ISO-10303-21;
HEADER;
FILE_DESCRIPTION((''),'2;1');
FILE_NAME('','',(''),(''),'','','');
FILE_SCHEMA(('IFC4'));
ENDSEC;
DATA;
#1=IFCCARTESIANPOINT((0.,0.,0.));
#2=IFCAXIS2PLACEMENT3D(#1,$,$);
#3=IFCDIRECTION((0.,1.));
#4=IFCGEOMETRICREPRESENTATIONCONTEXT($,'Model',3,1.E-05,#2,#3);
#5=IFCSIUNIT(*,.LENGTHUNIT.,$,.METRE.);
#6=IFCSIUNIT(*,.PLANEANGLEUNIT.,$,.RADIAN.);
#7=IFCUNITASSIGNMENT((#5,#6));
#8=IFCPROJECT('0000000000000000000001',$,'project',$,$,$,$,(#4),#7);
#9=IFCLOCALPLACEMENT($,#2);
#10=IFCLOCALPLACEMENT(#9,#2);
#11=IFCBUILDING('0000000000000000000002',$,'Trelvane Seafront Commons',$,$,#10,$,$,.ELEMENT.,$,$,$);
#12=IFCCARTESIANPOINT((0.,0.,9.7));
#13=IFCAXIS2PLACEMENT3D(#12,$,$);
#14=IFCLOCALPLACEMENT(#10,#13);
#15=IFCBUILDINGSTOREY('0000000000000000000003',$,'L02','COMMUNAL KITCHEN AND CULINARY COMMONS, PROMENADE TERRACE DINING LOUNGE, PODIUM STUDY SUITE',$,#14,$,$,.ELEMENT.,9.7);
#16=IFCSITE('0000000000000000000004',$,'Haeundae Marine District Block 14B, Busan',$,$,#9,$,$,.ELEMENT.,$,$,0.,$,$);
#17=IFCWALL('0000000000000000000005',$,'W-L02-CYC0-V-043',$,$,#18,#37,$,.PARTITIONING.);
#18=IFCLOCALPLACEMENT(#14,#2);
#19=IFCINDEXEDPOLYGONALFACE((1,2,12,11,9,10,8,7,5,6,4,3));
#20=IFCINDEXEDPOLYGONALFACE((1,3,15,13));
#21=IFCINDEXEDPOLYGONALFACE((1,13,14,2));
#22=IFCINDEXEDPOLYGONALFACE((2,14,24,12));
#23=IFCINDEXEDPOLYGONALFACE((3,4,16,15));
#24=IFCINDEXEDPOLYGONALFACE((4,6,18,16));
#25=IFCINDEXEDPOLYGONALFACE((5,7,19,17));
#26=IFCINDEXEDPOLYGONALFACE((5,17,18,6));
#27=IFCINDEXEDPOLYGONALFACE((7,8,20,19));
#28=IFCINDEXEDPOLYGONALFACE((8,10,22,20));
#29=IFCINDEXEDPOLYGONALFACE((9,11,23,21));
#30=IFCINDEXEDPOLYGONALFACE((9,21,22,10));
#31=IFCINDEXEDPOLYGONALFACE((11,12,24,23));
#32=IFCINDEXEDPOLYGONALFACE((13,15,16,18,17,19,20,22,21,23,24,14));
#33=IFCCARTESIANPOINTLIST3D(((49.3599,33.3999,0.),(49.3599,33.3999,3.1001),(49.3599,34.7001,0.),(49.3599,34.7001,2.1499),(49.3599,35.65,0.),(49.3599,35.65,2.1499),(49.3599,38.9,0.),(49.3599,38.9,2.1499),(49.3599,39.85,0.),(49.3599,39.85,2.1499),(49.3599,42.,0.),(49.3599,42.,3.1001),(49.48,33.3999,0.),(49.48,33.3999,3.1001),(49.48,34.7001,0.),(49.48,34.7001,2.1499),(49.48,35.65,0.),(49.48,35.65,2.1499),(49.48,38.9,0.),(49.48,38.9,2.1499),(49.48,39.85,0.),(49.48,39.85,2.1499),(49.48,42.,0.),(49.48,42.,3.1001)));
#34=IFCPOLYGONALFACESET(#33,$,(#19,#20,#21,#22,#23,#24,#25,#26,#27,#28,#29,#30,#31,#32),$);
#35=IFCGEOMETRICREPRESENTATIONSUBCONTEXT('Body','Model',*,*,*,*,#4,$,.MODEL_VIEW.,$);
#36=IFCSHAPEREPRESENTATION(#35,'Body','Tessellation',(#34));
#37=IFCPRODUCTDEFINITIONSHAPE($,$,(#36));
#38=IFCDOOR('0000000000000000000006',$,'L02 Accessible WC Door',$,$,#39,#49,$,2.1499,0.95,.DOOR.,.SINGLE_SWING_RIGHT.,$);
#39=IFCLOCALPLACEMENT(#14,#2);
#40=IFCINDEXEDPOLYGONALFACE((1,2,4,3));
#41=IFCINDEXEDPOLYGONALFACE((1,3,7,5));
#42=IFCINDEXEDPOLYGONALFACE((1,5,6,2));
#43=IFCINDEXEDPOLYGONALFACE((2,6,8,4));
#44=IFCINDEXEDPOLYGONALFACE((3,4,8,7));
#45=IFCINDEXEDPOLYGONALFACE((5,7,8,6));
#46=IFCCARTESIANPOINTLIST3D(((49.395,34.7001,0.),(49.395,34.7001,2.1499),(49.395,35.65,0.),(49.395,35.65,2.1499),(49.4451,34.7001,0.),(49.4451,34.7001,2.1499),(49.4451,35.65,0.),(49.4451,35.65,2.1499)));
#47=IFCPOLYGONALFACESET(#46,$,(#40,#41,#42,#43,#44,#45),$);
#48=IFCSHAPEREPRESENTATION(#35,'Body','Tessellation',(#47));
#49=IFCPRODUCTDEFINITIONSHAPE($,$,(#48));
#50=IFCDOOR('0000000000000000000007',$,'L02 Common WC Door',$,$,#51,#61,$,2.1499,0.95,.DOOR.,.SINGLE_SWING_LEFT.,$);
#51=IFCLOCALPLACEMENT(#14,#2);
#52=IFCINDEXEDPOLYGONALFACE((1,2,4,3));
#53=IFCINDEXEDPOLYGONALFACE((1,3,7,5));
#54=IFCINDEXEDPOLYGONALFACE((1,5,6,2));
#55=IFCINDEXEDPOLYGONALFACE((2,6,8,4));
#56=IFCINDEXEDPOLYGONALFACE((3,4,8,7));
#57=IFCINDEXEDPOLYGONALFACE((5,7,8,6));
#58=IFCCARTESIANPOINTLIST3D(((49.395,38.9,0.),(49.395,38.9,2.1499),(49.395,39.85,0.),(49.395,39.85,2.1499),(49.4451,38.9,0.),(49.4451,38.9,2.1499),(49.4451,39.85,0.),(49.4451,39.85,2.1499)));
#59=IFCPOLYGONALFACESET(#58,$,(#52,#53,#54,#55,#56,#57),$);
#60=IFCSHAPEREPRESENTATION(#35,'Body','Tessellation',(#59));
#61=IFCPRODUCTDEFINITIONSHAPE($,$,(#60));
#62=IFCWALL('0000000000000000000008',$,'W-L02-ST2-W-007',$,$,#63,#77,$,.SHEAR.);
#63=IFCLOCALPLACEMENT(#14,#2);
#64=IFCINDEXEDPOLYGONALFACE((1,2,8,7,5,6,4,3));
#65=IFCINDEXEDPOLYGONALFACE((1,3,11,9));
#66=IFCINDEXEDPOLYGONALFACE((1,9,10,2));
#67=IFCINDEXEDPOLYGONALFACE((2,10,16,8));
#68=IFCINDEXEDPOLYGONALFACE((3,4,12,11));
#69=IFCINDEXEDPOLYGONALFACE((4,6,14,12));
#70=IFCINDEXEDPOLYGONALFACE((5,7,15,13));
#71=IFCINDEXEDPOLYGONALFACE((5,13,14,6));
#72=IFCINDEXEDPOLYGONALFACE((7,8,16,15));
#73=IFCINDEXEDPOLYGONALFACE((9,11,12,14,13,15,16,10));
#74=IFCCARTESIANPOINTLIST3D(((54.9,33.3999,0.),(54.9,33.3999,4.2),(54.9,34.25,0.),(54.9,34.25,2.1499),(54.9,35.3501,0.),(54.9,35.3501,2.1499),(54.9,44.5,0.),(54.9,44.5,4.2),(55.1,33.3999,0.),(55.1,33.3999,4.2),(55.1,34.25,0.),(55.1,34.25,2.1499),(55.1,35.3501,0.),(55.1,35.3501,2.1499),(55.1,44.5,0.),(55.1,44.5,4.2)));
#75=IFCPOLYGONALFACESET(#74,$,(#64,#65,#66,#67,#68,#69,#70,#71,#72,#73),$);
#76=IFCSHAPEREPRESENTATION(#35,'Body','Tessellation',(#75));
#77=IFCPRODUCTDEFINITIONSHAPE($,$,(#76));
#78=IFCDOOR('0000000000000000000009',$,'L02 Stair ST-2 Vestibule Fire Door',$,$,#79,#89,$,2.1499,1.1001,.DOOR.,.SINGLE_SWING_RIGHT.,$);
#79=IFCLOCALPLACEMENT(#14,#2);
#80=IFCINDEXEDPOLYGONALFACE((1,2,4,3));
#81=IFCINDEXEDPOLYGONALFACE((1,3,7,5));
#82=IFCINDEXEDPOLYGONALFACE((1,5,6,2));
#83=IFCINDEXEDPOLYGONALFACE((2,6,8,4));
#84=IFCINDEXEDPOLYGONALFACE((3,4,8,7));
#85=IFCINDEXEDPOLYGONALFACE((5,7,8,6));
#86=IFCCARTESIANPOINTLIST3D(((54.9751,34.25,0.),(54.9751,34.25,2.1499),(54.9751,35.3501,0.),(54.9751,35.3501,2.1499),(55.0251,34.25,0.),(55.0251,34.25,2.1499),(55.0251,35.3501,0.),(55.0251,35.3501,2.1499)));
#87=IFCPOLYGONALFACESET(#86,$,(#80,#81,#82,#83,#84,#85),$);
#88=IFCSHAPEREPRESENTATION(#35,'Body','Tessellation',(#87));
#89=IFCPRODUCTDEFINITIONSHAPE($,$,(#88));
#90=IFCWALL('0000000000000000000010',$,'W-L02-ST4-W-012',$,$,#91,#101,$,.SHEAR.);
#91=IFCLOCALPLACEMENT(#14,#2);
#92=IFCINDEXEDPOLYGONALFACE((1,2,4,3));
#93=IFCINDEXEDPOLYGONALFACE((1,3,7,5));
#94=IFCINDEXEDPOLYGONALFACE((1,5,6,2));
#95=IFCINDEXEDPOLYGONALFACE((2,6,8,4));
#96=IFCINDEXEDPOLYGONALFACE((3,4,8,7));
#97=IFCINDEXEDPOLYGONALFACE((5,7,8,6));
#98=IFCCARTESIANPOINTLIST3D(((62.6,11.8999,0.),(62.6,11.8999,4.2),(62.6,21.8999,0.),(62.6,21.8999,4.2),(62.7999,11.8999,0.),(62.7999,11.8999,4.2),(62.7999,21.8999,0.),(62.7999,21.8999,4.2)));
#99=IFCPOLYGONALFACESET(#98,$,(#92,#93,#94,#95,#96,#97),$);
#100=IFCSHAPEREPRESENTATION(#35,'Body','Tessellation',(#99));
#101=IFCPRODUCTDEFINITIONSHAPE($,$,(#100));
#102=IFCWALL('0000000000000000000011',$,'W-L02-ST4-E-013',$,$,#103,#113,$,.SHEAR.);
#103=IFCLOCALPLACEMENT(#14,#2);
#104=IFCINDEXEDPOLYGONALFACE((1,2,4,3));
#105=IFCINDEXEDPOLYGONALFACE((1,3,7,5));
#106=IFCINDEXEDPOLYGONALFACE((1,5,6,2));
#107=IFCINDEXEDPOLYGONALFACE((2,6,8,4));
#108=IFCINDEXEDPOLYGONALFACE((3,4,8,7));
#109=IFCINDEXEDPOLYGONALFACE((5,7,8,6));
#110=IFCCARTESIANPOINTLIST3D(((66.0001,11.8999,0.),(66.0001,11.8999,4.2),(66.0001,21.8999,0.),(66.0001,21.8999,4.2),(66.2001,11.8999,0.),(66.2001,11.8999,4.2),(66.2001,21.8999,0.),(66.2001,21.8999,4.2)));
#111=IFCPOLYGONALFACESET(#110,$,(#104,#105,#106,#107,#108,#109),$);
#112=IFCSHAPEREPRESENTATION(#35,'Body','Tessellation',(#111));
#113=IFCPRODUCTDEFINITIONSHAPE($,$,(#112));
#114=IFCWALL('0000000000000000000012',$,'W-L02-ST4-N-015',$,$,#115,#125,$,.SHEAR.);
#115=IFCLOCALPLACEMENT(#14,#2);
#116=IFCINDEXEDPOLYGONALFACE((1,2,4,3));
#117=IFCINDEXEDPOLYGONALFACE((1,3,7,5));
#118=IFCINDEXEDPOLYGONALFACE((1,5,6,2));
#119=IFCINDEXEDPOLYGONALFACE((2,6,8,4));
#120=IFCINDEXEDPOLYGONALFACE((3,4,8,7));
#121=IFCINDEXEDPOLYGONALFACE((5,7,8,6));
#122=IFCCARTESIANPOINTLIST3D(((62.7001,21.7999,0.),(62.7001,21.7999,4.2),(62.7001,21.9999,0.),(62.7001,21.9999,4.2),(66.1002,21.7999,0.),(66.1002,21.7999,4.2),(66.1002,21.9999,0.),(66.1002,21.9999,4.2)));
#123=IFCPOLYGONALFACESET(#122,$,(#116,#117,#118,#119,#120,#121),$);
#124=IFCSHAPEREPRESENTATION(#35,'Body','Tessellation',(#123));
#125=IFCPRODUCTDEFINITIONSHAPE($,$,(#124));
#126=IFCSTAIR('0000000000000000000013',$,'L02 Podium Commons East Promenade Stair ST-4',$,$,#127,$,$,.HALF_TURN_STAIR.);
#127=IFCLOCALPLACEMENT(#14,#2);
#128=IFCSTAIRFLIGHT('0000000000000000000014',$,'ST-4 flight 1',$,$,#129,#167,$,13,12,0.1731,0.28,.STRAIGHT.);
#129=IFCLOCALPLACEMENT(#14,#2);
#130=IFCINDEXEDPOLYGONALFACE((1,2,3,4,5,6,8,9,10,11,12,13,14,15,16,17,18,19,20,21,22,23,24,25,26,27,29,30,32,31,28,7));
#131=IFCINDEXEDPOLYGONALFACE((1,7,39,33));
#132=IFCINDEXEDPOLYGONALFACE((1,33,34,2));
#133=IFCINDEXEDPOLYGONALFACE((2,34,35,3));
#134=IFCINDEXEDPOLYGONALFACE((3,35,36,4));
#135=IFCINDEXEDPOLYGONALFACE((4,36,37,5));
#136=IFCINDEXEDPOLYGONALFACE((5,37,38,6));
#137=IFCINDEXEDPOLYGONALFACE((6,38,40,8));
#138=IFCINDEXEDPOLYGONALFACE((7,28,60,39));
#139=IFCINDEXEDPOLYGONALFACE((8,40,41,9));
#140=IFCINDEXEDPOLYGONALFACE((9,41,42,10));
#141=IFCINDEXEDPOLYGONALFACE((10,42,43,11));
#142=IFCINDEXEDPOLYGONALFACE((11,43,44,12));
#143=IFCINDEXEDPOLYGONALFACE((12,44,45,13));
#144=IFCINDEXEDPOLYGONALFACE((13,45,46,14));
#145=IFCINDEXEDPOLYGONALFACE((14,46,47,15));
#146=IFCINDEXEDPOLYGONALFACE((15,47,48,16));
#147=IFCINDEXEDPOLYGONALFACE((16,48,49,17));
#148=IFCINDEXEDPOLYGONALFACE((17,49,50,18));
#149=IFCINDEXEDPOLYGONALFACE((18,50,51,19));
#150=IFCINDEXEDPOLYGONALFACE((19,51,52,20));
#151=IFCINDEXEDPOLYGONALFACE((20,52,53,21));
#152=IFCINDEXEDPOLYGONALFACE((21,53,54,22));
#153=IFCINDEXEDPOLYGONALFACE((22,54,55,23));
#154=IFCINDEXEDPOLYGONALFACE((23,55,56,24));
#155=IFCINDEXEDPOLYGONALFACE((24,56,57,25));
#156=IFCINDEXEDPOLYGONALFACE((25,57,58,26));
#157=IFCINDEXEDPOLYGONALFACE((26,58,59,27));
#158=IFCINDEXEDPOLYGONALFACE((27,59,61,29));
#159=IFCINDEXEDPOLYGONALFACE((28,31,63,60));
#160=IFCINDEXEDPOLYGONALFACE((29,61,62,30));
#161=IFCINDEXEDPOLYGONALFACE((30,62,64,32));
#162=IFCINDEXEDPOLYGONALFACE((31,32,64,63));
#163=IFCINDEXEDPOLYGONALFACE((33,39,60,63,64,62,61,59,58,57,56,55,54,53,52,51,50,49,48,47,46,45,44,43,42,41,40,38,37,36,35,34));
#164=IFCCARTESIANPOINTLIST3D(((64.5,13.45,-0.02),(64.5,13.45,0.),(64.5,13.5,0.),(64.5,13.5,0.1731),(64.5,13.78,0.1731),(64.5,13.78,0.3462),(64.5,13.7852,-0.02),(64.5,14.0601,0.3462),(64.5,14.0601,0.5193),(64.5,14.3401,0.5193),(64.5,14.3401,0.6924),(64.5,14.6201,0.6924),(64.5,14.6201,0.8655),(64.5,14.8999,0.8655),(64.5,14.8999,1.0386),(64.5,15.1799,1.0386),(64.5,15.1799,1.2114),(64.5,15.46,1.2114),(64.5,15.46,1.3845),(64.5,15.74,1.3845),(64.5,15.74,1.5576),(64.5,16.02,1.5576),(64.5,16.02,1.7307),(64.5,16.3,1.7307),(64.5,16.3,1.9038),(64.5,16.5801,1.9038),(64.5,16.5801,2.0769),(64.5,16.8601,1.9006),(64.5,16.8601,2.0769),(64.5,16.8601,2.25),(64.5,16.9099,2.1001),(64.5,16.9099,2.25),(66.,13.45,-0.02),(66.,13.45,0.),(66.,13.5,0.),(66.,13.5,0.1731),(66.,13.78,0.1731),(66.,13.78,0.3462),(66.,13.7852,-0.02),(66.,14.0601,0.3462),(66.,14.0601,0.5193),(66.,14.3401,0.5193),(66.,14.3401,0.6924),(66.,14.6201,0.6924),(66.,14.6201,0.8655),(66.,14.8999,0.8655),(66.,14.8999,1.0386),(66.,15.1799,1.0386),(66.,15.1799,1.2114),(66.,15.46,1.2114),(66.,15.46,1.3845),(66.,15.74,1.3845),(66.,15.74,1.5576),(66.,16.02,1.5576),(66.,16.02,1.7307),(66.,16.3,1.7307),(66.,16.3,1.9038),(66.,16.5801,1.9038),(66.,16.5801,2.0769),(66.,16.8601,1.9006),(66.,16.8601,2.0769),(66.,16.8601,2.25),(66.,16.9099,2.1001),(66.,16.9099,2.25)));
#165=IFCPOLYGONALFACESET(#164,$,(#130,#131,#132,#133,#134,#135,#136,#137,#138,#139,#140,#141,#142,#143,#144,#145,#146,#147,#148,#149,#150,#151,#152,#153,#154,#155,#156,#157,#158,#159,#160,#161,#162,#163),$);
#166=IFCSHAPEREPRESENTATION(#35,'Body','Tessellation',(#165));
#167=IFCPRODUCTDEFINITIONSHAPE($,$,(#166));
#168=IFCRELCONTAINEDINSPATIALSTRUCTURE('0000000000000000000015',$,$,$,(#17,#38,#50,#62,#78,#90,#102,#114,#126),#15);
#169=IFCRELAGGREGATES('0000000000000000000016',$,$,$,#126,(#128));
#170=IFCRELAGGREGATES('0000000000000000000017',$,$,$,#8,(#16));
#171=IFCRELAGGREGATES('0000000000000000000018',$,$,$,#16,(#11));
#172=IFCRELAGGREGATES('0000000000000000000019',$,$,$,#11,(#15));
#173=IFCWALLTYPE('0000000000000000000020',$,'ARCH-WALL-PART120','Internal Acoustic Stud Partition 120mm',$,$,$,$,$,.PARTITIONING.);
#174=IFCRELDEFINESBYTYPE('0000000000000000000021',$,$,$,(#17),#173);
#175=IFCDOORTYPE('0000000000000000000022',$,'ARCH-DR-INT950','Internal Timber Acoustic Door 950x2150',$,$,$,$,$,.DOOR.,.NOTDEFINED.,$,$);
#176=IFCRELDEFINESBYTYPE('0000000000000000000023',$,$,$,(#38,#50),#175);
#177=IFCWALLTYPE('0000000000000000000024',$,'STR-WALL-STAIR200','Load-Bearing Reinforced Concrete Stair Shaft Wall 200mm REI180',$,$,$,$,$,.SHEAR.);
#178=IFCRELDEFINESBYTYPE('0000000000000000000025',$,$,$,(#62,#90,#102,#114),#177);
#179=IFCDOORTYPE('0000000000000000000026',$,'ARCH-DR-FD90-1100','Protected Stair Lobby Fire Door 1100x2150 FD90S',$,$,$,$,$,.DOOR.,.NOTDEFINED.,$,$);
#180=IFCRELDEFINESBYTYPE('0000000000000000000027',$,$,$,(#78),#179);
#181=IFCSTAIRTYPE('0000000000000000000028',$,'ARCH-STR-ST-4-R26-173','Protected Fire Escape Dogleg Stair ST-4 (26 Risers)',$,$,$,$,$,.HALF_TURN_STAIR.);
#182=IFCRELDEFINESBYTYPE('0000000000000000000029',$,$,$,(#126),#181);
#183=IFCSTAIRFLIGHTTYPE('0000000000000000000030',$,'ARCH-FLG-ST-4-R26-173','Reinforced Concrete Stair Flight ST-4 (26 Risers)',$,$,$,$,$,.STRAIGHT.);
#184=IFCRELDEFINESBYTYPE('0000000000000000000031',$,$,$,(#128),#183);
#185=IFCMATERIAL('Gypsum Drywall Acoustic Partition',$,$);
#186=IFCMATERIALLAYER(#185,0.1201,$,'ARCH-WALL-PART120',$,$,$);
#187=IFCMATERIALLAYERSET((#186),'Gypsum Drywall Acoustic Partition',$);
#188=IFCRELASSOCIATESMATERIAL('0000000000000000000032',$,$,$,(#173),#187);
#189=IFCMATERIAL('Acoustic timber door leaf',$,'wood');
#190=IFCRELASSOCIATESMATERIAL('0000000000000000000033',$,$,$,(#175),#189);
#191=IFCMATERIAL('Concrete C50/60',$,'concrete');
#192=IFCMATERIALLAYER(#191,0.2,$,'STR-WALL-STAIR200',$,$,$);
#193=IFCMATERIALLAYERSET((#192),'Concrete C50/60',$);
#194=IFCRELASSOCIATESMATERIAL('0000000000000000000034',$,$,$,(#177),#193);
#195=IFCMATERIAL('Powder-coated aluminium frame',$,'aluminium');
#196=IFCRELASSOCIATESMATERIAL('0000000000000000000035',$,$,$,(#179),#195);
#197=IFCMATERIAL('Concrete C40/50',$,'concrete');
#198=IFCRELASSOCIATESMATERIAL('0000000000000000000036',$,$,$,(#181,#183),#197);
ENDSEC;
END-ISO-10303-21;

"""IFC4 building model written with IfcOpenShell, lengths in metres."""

from ifc_helpers import new_model, si_unit, direction, frame, frame_2d, origin, place, context, subcontext, project, spatial, polyline, rectangle, outline, extrude, source, transform, mapped, material, layer, layer_set, type_object, element, fill, aggregate, save


model = new_model("IFC4")

# Units and contexts
model_context = context("Model", 3, precision=1e-05, world=origin(), true_north=direction((0.0, 1.0)))
body_context = subcontext(model_context, "Body", "Model", "MODEL_VIEW")
ifc_project = project(units=[si_unit("LENGTHUNIT", "METRE"), si_unit("PLANEANGLEUNIT", "RADIAN")], contexts=[model_context])

# Site, building, storey
site_placement = place(None, origin())
site = spatial("IfcSite", under=ifc_project, at=site_placement, Name="Haeundae Marine District Block 14B, Busan", CompositionType="ELEMENT", RefElevation=0.0)
building_placement = place(site_placement, origin())
building = spatial("IfcBuilding", under=site, at=building_placement, Name="Trelvane Seafront Commons", CompositionType="ELEMENT")
storey_placement = place(building_placement, frame((0.0, 0.0, 9.7)))
storey = spatial("IfcBuildingStorey", under=building, at=storey_placement, Name="L02", Description="COMMUNAL KITCHEN AND CULINARY COMMONS, PROMENADE TERRACE DINING LOUNGE, PODIUM STUDY SUITE", CompositionType="ELEMENT", Elevation=9.7)

# Shared definitions
ifc_material_1 = material(Name="Concrete C40/50", Category="concrete")
ifc_material_2 = material(Name="Powder-coated aluminium frame", Category="aluminium")
shared_shape_1 = source(origin(), body_context, "Body", "SweptSolid", [
    extrude(rectangle(XDim=0.95, YDim=2.1499, at=frame_2d((0.4751, 1.075))), frame((0.0, 0.0249, 0.0), z_axis=(0.0, -1.0, 0.0), x_axis=(1.0, 0.0, 0.0)), (0.0, 0.0, 1.0), 0.05),
])

# Wall, openings, doors
ifc_material_3 = material(Name="Gypsum Drywall Acoustic Partition")
ifc_layer_1 = layer(ifc_material_3, 0.1201, Name="ARCH-WALL-PART120")
ifc_layer_set_1 = layer_set([ifc_layer_1], Name="Gypsum Drywall Acoustic Partition")
wall_type_1 = type_object("IfcWallType", Name="ARCH-WALL-PART120", Description="Internal Acoustic Stud Partition 120mm", PredefinedType="PARTITIONING", material=ifc_layer_set_1)
wall_1_placement = place(storey_placement, frame((49.4199, 33.3999, 0.0), z_axis=(0.0, 0.0, 1.0), x_axis=(0.0, 1.0, 0.0)))
wall_1 = element("IfcWall", 1, at=wall_1_placement, inside=storey, type_object=wall_type_1, Name="W-L02-CYC0-V-043", PredefinedType="PARTITIONING", context=body_context, shape_type="SweptSolid", body=[
    extrude(rectangle(XDim=8.6001, YDim=0.1201, at=frame_2d((4.3, 0.0))), origin(), (0.0, 0.0, 1.0), 3.1001),
])
opening_1_placement = place(wall_1_placement, frame((1.3, 0.0, 0.0)))
opening_1 = element("IfcOpeningElement", 2, at=opening_1_placement, cuts=wall_1, PredefinedType="OPENING", context=body_context, shape_type="SweptSolid", body=[
    extrude(rectangle(XDim=0.95, YDim=2.1499, at=frame_2d((0.4751, 1.075))), frame((0.0, 0.0701, 0.0), z_axis=(0.0, -1.0, 0.0), x_axis=(1.0, 0.0, 0.0)), (0.0, 0.0, 1.0), 0.1401),
])
opening_2_placement = place(wall_1_placement, frame((5.5, 0.0, 0.0)))
opening_2 = element("IfcOpeningElement", 3, at=opening_2_placement, cuts=wall_1, PredefinedType="OPENING", context=body_context, shape_type="SweptSolid", body=[
    extrude(rectangle(XDim=0.95, YDim=2.1499, at=frame_2d((0.4751, 1.075))), frame((0.0, 0.0701, 0.0), z_axis=(0.0, -1.0, 0.0), x_axis=(1.0, 0.0, 0.0)), (0.0, 0.0, 1.0), 0.1401),
])
ifc_material_4 = material(Name="Acoustic timber door leaf", Category="wood")
door_type_1 = type_object("IfcDoorType", Name="ARCH-DR-INT950", Description="Internal Timber Acoustic Door 950x2150", OperationType="NOTDEFINED", PredefinedType="DOOR", material=ifc_material_4)
door_1_placement = place(opening_1_placement, origin())
door_1 = element("IfcDoor", 4, at=door_1_placement, inside=storey, type_object=door_type_1, Name="L02 Accessible WC Door", OperationType="SINGLE_SWING_RIGHT", OverallHeight=2.1499, OverallWidth=0.95, PredefinedType="DOOR", context=body_context, shape_type="MappedRepresentation", body=[
    mapped(shared_shape_1, transform((0.0, 0.0, 0.0), x_axis=(1.0, 0.0, 0.0), y_axis=(0.0, 1.0, 0.0), z_axis=(0.0, 0.0, 1.0), scale=1.0)),
])
fill(opening_1, door_1)
door_2_placement = place(opening_2_placement, origin())
door_2 = element("IfcDoor", 5, at=door_2_placement, inside=storey, type_object=door_type_1, Name="L02 Common WC Door", OperationType="SINGLE_SWING_LEFT", OverallHeight=2.1499, OverallWidth=0.95, PredefinedType="DOOR", context=body_context, shape_type="MappedRepresentation", body=[
    mapped(shared_shape_1, transform((0.0, 0.0, 0.0), x_axis=(1.0, 0.0, 0.0), y_axis=(0.0, 1.0, 0.0), z_axis=(0.0, 0.0, 1.0), scale=1.0)),
])
fill(opening_2, door_2)

# Wall, opening, door
ifc_material_5 = material(Name="Concrete C50/60", Category="concrete")
ifc_layer_2 = layer(ifc_material_5, 0.2, Name="STR-WALL-STAIR200")
ifc_layer_set_2 = layer_set([ifc_layer_2], Name="Concrete C50/60")
wall_type_2 = type_object("IfcWallType", Name="STR-WALL-STAIR200", Description="Load-Bearing Reinforced Concrete Stair Shaft Wall 200mm REI180", PredefinedType="SHEAR", material=ifc_layer_set_2)
wall_2_placement = place(storey_placement, frame((55.0, 33.3999, 0.0), z_axis=(0.0, 0.0, 1.0), x_axis=(0.0, 1.0, 0.0)))
wall_2 = element("IfcWall", 6, at=wall_2_placement, inside=storey, type_object=wall_type_2, Name="W-L02-ST2-W-007", PredefinedType="SHEAR", context=body_context, shape_type="SweptSolid", body=[
    extrude(rectangle(XDim=11.1001, YDim=0.2, at=frame_2d((5.55, 0.0))), origin(), (0.0, 0.0, 1.0), 4.2),
])
opening_3_placement = place(wall_2_placement, frame((0.8501, 0.0, 0.0)))
opening_3 = element("IfcOpeningElement", 7, at=opening_3_placement, cuts=wall_2, PredefinedType="OPENING", context=body_context, shape_type="SweptSolid", body=[
    extrude(rectangle(XDim=1.1001, YDim=2.1499, at=frame_2d((0.55, 1.075))), frame((0.0, 0.1099, 0.0), z_axis=(0.0, -1.0, 0.0), x_axis=(1.0, 0.0, 0.0)), (0.0, 0.0, 1.0), 0.22),
])
door_type_2 = type_object("IfcDoorType", Name="ARCH-DR-FD90-1100", Description="Protected Stair Lobby Fire Door 1100x2150 FD90S", OperationType="NOTDEFINED", PredefinedType="DOOR", material=ifc_material_2)
shared_shape_2 = source(origin(), body_context, "Body", "SweptSolid", [
    extrude(rectangle(XDim=1.1001, YDim=2.1499, at=frame_2d((0.55, 1.075))), frame((0.0, 0.0249, 0.0), z_axis=(0.0, -1.0, 0.0), x_axis=(1.0, 0.0, 0.0)), (0.0, 0.0, 1.0), 0.05),
])
door_3_placement = place(opening_3_placement, origin())
door_3 = element("IfcDoor", 8, at=door_3_placement, inside=storey, type_object=door_type_2, Name="L02 Stair ST-2 Vestibule Fire Door", OperationType="SINGLE_SWING_RIGHT", OverallHeight=2.1499, OverallWidth=1.1001, PredefinedType="DOOR", context=body_context, shape_type="MappedRepresentation", body=[
    mapped(shared_shape_2, transform((0.0, 0.0, 0.0), x_axis=(1.0, 0.0, 0.0), y_axis=(0.0, 1.0, 0.0), z_axis=(0.0, 0.0, 1.0), scale=1.0)),
])
fill(opening_3, door_3)

# Walls
for number, where, z_axis, x_axis, name in (
    (9, (62.7, 11.8999, 0.0), (0.0, 0.0, 1.0), (0.0, 1.0, 0.0), "W-L02-ST4-W-012"),
    (10, (66.1001, 11.8999, 0.0), (0.0, 0.0, 1.0), (0.0, 1.0, 0.0), "W-L02-ST4-E-013"),
):
    element("IfcWall", number, at=place(storey_placement, frame(where, z_axis=z_axis, x_axis=x_axis)), inside=storey, type_object=wall_type_2, Name=name, PredefinedType="SHEAR", context=body_context, shape_type="SweptSolid", body=[
        extrude(rectangle(XDim=10.0, YDim=0.2, at=frame_2d((5.0, 0.0))), origin(), (0.0, 0.0, 1.0), 4.2),
    ])

# Wall
wall_3_placement = place(storey_placement, frame((62.7, 21.8999, 0.0), z_axis=(0.0, 0.0, 1.0), x_axis=(1.0, 0.0, 0.0)))
element("IfcWall", 11, at=wall_3_placement, inside=storey, type_object=wall_type_2, Name="W-L02-ST4-N-015", PredefinedType="SHEAR", context=body_context, shape_type="SweptSolid", body=[
    extrude(rectangle(XDim=3.4001, YDim=0.2, at=frame_2d((1.7002, 0.0))), origin(), (0.0, 0.0, 1.0), 4.2),
])

# Stair, stair flight
stair_type = type_object("IfcStairType", Name="ARCH-STR-ST-4-R26-173", Description="Protected Fire Escape Dogleg Stair ST-4 (26 Risers)", PredefinedType="HALF_TURN_STAIR", material=ifc_material_1)
stair_placement = place(storey_placement, origin())
stair = element("IfcStair", 12, at=stair_placement, inside=storey, type_object=stair_type, Name="L02 Podium Commons East Promenade Stair ST-4", PredefinedType="HALF_TURN_STAIR")
stair_flight_type = type_object("IfcStairFlightType", Name="ARCH-FLG-ST-4-R26-173", Description="Reinforced Concrete Stair Flight ST-4 (26 Risers)", PredefinedType="STRAIGHT", material=ifc_material_1)
shared_shape_3 = source(origin(), body_context, "Body", "SweptSolid", [
    extrude(outline(polyline([(-0.05, -0.02), (-0.05, 0.0), (0.0, 0.0), (0.0, 0.1731), (0.28, 0.1731), (0.28, 0.3462), (0.5601, 0.3462), (0.5601, 0.5193), (0.8401, 0.5193), (0.8401, 0.6924), (1.1201, 0.6924), (1.1201, 0.8655), (1.3999, 0.8655), (1.3999, 1.0386), (1.6799, 1.0386), (1.6799, 1.2114), (1.96, 1.2114), (1.96, 1.3845), (2.24, 1.3845), (2.24, 1.5576), (2.52, 1.5576), (2.52, 1.7307), (2.8, 1.7307), (2.8, 1.9038), (3.0801, 1.9038), (3.0801, 2.0769), (3.3601, 2.0769), (3.3601, 2.25), (3.4099, 2.25), (3.4099, 2.1001), (3.3601, 1.9006), (0.2852, -0.02), (-0.05, -0.02)])), frame((0.0, 0.75, 0.0), z_axis=(0.0, -1.0, 0.0), x_axis=(1.0, 0.0, 0.0)), (0.0, 0.0, 1.0), 1.5),
])
stair_flight_1_placement = place(storey_placement, frame((65.25, 13.5, 0.0), z_axis=(0.0, 0.0, 1.0), x_axis=(0.0, 1.0, 0.0)))
stair_flight_1 = element("IfcStairFlight", 13, at=stair_flight_1_placement, type_object=stair_flight_type, Name="ST-4 flight 1", NumberOfRisers=13, NumberOfTreads=12, PredefinedType="STRAIGHT", RiserHeight=0.1731, TreadLength=0.28, context=body_context, shape_type="MappedRepresentation", body=[
    mapped(shared_shape_3, transform((0.0, 0.0, 0.0), x_axis=(1.0, 0.0, 0.0), y_axis=(0.0, 1.0, 0.0), z_axis=(0.0, 0.0, 1.0), scale=1.0)),
])
aggregate(stair, [stair_flight_1])

save(model, "model.ifc")
